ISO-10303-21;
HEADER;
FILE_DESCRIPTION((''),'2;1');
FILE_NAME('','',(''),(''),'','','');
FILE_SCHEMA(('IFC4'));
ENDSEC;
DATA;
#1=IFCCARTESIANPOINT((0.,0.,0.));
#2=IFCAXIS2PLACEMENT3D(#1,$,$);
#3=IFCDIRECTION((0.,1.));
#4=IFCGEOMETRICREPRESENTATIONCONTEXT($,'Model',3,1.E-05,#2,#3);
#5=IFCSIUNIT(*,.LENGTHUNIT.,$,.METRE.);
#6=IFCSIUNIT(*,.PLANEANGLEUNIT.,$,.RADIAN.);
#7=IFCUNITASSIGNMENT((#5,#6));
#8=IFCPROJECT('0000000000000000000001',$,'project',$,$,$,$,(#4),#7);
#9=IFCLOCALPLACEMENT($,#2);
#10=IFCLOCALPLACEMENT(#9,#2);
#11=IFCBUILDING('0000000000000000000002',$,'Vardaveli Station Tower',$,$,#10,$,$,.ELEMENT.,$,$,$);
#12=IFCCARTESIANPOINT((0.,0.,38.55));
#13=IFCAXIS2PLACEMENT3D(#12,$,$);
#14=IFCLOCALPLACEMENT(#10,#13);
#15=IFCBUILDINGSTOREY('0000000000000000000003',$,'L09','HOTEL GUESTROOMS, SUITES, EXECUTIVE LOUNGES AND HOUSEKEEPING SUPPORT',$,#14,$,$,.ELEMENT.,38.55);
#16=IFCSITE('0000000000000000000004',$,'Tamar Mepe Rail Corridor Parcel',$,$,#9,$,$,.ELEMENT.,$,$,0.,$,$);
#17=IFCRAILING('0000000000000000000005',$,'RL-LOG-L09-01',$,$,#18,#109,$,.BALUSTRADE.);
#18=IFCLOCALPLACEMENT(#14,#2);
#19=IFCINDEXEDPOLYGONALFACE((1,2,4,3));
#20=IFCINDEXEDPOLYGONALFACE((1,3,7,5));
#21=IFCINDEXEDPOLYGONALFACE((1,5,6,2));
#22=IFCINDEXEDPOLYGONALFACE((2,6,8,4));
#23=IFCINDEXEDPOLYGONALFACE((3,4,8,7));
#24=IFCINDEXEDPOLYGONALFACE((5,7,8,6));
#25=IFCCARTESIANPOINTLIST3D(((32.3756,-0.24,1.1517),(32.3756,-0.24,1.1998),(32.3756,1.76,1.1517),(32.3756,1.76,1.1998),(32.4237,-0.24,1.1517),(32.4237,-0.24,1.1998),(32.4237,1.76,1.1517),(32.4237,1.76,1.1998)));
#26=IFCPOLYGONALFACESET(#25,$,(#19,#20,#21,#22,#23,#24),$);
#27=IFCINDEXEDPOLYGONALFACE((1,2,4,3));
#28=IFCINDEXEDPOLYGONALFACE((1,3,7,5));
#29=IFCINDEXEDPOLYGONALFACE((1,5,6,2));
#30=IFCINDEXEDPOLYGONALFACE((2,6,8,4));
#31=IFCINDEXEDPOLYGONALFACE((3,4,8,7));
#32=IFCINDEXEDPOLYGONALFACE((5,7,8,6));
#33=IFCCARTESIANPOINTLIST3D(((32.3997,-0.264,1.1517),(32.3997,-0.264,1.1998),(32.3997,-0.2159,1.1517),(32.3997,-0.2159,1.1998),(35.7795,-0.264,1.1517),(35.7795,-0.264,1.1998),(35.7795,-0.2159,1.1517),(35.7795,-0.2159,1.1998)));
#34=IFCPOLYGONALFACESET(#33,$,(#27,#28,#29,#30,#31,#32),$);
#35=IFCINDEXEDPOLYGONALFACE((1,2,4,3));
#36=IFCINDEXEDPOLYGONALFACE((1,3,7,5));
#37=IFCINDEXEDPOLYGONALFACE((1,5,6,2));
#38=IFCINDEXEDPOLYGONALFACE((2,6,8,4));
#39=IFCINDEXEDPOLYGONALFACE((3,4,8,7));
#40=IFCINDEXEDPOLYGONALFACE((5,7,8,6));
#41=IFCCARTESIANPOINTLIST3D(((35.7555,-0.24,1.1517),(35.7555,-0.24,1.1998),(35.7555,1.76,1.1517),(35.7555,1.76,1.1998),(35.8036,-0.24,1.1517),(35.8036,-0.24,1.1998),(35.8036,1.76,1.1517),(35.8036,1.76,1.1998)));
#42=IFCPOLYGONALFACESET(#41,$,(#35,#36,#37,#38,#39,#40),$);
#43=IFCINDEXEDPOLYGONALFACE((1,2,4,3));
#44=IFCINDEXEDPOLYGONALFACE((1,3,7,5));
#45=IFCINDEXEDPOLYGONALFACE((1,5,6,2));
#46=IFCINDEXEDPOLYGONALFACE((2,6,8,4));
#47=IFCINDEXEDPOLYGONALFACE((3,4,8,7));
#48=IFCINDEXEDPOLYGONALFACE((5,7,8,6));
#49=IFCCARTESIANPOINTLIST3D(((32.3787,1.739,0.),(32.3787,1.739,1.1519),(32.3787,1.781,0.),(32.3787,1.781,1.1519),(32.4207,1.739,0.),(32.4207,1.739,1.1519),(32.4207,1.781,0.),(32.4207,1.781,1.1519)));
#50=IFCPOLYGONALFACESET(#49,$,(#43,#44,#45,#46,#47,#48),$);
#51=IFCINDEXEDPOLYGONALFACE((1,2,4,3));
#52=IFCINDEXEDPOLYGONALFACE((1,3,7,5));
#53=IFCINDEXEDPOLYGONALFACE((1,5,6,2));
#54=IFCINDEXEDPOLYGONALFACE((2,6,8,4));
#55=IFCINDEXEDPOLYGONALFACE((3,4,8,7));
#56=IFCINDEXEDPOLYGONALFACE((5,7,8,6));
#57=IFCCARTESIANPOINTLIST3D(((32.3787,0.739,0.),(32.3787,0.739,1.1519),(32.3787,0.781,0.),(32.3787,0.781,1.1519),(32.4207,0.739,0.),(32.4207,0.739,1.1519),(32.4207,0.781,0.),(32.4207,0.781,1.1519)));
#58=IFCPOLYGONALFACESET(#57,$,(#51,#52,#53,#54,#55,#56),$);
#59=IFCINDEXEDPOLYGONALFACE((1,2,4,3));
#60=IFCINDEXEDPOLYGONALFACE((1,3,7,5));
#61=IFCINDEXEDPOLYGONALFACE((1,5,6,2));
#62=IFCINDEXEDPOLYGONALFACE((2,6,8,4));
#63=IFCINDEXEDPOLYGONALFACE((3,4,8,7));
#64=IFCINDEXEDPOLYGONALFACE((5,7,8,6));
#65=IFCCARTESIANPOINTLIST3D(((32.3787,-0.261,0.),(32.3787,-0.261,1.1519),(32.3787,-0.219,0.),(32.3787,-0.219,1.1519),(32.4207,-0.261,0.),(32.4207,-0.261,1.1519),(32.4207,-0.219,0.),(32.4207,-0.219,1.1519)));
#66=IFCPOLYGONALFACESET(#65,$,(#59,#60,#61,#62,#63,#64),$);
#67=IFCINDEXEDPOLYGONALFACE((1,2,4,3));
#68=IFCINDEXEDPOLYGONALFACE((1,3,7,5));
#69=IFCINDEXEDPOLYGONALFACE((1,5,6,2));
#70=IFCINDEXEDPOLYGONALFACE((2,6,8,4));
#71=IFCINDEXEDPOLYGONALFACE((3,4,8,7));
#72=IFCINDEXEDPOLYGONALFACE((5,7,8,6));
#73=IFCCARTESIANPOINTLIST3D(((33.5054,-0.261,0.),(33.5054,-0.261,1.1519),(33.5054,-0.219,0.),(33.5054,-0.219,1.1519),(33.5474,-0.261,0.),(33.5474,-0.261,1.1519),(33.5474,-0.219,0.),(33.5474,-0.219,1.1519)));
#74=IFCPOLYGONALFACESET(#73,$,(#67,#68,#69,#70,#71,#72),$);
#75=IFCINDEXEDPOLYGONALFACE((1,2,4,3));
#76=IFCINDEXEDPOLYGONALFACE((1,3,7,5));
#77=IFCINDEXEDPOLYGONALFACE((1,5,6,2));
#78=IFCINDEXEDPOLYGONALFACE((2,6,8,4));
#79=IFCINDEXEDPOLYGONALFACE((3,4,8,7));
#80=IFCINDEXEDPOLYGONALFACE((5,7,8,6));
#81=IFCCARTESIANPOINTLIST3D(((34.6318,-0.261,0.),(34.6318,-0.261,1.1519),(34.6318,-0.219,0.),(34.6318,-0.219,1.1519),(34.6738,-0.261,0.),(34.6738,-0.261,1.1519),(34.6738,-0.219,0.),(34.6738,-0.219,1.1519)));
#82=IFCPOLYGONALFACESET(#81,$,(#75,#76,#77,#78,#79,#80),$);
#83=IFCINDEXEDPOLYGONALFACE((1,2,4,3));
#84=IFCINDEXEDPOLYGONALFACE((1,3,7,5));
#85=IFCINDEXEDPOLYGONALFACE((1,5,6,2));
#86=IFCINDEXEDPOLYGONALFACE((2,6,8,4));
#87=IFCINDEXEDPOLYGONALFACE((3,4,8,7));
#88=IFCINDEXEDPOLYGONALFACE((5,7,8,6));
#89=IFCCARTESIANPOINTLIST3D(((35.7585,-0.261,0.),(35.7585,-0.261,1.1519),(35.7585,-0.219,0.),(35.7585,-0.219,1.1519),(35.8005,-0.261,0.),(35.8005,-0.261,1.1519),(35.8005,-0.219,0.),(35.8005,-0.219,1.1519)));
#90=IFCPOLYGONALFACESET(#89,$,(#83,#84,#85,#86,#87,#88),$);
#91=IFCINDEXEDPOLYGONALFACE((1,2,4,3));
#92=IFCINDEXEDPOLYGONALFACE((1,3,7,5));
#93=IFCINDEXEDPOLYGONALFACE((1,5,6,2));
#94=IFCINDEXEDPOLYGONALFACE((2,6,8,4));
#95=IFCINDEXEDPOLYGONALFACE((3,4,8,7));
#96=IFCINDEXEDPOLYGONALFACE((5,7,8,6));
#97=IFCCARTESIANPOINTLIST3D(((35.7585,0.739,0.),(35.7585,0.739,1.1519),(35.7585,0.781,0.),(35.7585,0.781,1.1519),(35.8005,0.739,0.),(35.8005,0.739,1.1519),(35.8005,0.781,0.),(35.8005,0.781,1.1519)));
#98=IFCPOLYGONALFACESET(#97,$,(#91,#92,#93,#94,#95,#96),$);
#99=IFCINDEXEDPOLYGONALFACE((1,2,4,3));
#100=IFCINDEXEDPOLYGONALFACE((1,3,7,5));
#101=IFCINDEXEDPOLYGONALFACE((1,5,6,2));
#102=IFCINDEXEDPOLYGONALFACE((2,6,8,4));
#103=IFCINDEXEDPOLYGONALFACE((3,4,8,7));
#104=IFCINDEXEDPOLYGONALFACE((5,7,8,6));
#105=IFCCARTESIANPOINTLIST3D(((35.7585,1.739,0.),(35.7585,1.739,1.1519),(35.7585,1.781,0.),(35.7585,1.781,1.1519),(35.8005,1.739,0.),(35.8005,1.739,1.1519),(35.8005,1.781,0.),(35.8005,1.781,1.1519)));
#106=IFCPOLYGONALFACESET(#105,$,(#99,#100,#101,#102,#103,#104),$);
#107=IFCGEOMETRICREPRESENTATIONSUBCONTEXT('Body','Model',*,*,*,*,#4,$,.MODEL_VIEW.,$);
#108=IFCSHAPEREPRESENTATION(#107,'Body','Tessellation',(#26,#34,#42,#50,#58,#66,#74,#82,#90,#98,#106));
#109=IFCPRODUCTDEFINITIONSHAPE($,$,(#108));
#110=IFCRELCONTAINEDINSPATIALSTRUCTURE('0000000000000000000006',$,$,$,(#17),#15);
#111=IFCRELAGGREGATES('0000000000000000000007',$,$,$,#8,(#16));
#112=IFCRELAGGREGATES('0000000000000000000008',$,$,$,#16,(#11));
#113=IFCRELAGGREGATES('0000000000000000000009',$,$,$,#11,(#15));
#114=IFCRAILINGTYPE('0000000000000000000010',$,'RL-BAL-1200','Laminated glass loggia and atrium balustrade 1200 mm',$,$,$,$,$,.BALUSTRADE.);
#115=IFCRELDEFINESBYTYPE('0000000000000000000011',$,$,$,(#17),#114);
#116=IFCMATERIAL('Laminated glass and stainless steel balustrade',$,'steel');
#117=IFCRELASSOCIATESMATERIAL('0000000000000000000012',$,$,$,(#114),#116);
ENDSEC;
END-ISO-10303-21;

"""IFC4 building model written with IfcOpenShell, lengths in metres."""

from ifc_helpers import new_model, si_unit, direction, frame, origin, origin_2d, place, context, subcontext, project, spatial, rectangle, extrude, source, transform, mapped, material, type_object, element, save


model = new_model("IFC4")

# Units and contexts
model_context = context("Model", 3, precision=1e-05, world=origin(), true_north=direction((0.0, 1.0)))
body_context = subcontext(model_context, "Body", "Model", "MODEL_VIEW")
ifc_project = project(units=[si_unit("LENGTHUNIT", "METRE"), si_unit("PLANEANGLEUNIT", "RADIAN")], contexts=[model_context])

# Site, building, storey
site_placement = place(None, origin())
site = spatial("IfcSite", under=ifc_project, at=site_placement, Name="Tamar Mepe Rail Corridor Parcel", CompositionType="ELEMENT", RefElevation=0.0)
building_placement = place(site_placement, origin())
building = spatial("IfcBuilding", under=site, at=building_placement, Name="Vardaveli Station Tower", CompositionType="ELEMENT")
storey_placement = place(building_placement, frame((0.0, 0.0, 38.55)))
storey = spatial("IfcBuildingStorey", under=building, at=storey_placement, Name="L09", Description="HOTEL GUESTROOMS, SUITES, EXECUTIVE LOUNGES AND HOUSEKEEPING SUPPORT", CompositionType="ELEMENT", Elevation=38.55)

# Railing
ifc_material_1 = material(Name="Laminated glass and stainless steel balustrade", Category="steel")
railing_type = type_object("IfcRailingType", Name="RL-BAL-1200", Description="Laminated glass loggia and atrium balustrade 1200 mm", PredefinedType="BALUSTRADE", material=ifc_material_1)
shared_shape_1 = source(origin(), body_context, "Body", "SweptSolid", [
    extrude(rectangle(XDim=0.0481, YDim=0.0481, at=origin_2d()), frame((0.0, 0.0, 1.1758), z_axis=(0.0, -1.0, 0.0), x_axis=(1.0, 0.0, 0.0)), (0.0, 0.0, 1.0), 2.0),
    extrude(rectangle(XDim=0.0481, YDim=0.0481, at=origin_2d()), frame((0.0, -2.0, 1.1758), z_axis=(1.0, 0.0, 0.0), x_axis=(0.0, 1.0, 0.0)), (0.0, 0.0, 1.0), 3.3799),
    extrude(rectangle(XDim=0.0481, YDim=0.0481, at=origin_2d()), frame((3.3799, -2.0, 1.1758), z_axis=(0.0, 1.0, 0.0), x_axis=(-1.0, 0.0, 0.0)), (0.0, 0.0, 1.0), 2.0),
    extrude(rectangle(XDim=0.042, YDim=0.042, at=origin_2d()), origin(), (0.0, 0.0, 1.0), 1.1519),
    extrude(rectangle(XDim=0.042, YDim=0.042, at=origin_2d()), frame((0.0, -1.0, 0.0)), (0.0, 0.0, 1.0), 1.1519),
    extrude(rectangle(XDim=0.042, YDim=0.042, at=origin_2d()), frame((0.0, -2.0, 0.0)), (0.0, 0.0, 1.0), 1.1519),
    extrude(rectangle(XDim=0.042, YDim=0.042, at=origin_2d()), frame((1.1267, -2.0, 0.0)), (0.0, 0.0, 1.0), 1.1519),
    extrude(rectangle(XDim=0.042, YDim=0.042, at=origin_2d()), frame((2.2532, -2.0, 0.0)), (0.0, 0.0, 1.0), 1.1519),
    extrude(rectangle(XDim=0.042, YDim=0.042, at=origin_2d()), frame((3.3799, -2.0, 0.0)), (0.0, 0.0, 1.0), 1.1519),
    extrude(rectangle(XDim=0.042, YDim=0.042, at=origin_2d()), frame((3.3799, -1.0, 0.0)), (0.0, 0.0, 1.0), 1.1519),
    extrude(rectangle(XDim=0.042, YDim=0.042, at=origin_2d()), frame((3.3799, 0.0, 0.0)), (0.0, 0.0, 1.0), 1.1519),
])
railing_1_placement = place(storey_placement, frame((32.3997, 1.76, 0.0)))
element("IfcRailing", 1, at=railing_1_placement, inside=storey, type_object=railing_type, Name="RL-LOG-L09-01", PredefinedType="BALUSTRADE", context=body_context, shape_type="MappedRepresentation", body=[
    mapped(shared_shape_1, transform((0.0, 0.0, 0.0), scale=1.0)),
])

save(model, "model.ifc")
